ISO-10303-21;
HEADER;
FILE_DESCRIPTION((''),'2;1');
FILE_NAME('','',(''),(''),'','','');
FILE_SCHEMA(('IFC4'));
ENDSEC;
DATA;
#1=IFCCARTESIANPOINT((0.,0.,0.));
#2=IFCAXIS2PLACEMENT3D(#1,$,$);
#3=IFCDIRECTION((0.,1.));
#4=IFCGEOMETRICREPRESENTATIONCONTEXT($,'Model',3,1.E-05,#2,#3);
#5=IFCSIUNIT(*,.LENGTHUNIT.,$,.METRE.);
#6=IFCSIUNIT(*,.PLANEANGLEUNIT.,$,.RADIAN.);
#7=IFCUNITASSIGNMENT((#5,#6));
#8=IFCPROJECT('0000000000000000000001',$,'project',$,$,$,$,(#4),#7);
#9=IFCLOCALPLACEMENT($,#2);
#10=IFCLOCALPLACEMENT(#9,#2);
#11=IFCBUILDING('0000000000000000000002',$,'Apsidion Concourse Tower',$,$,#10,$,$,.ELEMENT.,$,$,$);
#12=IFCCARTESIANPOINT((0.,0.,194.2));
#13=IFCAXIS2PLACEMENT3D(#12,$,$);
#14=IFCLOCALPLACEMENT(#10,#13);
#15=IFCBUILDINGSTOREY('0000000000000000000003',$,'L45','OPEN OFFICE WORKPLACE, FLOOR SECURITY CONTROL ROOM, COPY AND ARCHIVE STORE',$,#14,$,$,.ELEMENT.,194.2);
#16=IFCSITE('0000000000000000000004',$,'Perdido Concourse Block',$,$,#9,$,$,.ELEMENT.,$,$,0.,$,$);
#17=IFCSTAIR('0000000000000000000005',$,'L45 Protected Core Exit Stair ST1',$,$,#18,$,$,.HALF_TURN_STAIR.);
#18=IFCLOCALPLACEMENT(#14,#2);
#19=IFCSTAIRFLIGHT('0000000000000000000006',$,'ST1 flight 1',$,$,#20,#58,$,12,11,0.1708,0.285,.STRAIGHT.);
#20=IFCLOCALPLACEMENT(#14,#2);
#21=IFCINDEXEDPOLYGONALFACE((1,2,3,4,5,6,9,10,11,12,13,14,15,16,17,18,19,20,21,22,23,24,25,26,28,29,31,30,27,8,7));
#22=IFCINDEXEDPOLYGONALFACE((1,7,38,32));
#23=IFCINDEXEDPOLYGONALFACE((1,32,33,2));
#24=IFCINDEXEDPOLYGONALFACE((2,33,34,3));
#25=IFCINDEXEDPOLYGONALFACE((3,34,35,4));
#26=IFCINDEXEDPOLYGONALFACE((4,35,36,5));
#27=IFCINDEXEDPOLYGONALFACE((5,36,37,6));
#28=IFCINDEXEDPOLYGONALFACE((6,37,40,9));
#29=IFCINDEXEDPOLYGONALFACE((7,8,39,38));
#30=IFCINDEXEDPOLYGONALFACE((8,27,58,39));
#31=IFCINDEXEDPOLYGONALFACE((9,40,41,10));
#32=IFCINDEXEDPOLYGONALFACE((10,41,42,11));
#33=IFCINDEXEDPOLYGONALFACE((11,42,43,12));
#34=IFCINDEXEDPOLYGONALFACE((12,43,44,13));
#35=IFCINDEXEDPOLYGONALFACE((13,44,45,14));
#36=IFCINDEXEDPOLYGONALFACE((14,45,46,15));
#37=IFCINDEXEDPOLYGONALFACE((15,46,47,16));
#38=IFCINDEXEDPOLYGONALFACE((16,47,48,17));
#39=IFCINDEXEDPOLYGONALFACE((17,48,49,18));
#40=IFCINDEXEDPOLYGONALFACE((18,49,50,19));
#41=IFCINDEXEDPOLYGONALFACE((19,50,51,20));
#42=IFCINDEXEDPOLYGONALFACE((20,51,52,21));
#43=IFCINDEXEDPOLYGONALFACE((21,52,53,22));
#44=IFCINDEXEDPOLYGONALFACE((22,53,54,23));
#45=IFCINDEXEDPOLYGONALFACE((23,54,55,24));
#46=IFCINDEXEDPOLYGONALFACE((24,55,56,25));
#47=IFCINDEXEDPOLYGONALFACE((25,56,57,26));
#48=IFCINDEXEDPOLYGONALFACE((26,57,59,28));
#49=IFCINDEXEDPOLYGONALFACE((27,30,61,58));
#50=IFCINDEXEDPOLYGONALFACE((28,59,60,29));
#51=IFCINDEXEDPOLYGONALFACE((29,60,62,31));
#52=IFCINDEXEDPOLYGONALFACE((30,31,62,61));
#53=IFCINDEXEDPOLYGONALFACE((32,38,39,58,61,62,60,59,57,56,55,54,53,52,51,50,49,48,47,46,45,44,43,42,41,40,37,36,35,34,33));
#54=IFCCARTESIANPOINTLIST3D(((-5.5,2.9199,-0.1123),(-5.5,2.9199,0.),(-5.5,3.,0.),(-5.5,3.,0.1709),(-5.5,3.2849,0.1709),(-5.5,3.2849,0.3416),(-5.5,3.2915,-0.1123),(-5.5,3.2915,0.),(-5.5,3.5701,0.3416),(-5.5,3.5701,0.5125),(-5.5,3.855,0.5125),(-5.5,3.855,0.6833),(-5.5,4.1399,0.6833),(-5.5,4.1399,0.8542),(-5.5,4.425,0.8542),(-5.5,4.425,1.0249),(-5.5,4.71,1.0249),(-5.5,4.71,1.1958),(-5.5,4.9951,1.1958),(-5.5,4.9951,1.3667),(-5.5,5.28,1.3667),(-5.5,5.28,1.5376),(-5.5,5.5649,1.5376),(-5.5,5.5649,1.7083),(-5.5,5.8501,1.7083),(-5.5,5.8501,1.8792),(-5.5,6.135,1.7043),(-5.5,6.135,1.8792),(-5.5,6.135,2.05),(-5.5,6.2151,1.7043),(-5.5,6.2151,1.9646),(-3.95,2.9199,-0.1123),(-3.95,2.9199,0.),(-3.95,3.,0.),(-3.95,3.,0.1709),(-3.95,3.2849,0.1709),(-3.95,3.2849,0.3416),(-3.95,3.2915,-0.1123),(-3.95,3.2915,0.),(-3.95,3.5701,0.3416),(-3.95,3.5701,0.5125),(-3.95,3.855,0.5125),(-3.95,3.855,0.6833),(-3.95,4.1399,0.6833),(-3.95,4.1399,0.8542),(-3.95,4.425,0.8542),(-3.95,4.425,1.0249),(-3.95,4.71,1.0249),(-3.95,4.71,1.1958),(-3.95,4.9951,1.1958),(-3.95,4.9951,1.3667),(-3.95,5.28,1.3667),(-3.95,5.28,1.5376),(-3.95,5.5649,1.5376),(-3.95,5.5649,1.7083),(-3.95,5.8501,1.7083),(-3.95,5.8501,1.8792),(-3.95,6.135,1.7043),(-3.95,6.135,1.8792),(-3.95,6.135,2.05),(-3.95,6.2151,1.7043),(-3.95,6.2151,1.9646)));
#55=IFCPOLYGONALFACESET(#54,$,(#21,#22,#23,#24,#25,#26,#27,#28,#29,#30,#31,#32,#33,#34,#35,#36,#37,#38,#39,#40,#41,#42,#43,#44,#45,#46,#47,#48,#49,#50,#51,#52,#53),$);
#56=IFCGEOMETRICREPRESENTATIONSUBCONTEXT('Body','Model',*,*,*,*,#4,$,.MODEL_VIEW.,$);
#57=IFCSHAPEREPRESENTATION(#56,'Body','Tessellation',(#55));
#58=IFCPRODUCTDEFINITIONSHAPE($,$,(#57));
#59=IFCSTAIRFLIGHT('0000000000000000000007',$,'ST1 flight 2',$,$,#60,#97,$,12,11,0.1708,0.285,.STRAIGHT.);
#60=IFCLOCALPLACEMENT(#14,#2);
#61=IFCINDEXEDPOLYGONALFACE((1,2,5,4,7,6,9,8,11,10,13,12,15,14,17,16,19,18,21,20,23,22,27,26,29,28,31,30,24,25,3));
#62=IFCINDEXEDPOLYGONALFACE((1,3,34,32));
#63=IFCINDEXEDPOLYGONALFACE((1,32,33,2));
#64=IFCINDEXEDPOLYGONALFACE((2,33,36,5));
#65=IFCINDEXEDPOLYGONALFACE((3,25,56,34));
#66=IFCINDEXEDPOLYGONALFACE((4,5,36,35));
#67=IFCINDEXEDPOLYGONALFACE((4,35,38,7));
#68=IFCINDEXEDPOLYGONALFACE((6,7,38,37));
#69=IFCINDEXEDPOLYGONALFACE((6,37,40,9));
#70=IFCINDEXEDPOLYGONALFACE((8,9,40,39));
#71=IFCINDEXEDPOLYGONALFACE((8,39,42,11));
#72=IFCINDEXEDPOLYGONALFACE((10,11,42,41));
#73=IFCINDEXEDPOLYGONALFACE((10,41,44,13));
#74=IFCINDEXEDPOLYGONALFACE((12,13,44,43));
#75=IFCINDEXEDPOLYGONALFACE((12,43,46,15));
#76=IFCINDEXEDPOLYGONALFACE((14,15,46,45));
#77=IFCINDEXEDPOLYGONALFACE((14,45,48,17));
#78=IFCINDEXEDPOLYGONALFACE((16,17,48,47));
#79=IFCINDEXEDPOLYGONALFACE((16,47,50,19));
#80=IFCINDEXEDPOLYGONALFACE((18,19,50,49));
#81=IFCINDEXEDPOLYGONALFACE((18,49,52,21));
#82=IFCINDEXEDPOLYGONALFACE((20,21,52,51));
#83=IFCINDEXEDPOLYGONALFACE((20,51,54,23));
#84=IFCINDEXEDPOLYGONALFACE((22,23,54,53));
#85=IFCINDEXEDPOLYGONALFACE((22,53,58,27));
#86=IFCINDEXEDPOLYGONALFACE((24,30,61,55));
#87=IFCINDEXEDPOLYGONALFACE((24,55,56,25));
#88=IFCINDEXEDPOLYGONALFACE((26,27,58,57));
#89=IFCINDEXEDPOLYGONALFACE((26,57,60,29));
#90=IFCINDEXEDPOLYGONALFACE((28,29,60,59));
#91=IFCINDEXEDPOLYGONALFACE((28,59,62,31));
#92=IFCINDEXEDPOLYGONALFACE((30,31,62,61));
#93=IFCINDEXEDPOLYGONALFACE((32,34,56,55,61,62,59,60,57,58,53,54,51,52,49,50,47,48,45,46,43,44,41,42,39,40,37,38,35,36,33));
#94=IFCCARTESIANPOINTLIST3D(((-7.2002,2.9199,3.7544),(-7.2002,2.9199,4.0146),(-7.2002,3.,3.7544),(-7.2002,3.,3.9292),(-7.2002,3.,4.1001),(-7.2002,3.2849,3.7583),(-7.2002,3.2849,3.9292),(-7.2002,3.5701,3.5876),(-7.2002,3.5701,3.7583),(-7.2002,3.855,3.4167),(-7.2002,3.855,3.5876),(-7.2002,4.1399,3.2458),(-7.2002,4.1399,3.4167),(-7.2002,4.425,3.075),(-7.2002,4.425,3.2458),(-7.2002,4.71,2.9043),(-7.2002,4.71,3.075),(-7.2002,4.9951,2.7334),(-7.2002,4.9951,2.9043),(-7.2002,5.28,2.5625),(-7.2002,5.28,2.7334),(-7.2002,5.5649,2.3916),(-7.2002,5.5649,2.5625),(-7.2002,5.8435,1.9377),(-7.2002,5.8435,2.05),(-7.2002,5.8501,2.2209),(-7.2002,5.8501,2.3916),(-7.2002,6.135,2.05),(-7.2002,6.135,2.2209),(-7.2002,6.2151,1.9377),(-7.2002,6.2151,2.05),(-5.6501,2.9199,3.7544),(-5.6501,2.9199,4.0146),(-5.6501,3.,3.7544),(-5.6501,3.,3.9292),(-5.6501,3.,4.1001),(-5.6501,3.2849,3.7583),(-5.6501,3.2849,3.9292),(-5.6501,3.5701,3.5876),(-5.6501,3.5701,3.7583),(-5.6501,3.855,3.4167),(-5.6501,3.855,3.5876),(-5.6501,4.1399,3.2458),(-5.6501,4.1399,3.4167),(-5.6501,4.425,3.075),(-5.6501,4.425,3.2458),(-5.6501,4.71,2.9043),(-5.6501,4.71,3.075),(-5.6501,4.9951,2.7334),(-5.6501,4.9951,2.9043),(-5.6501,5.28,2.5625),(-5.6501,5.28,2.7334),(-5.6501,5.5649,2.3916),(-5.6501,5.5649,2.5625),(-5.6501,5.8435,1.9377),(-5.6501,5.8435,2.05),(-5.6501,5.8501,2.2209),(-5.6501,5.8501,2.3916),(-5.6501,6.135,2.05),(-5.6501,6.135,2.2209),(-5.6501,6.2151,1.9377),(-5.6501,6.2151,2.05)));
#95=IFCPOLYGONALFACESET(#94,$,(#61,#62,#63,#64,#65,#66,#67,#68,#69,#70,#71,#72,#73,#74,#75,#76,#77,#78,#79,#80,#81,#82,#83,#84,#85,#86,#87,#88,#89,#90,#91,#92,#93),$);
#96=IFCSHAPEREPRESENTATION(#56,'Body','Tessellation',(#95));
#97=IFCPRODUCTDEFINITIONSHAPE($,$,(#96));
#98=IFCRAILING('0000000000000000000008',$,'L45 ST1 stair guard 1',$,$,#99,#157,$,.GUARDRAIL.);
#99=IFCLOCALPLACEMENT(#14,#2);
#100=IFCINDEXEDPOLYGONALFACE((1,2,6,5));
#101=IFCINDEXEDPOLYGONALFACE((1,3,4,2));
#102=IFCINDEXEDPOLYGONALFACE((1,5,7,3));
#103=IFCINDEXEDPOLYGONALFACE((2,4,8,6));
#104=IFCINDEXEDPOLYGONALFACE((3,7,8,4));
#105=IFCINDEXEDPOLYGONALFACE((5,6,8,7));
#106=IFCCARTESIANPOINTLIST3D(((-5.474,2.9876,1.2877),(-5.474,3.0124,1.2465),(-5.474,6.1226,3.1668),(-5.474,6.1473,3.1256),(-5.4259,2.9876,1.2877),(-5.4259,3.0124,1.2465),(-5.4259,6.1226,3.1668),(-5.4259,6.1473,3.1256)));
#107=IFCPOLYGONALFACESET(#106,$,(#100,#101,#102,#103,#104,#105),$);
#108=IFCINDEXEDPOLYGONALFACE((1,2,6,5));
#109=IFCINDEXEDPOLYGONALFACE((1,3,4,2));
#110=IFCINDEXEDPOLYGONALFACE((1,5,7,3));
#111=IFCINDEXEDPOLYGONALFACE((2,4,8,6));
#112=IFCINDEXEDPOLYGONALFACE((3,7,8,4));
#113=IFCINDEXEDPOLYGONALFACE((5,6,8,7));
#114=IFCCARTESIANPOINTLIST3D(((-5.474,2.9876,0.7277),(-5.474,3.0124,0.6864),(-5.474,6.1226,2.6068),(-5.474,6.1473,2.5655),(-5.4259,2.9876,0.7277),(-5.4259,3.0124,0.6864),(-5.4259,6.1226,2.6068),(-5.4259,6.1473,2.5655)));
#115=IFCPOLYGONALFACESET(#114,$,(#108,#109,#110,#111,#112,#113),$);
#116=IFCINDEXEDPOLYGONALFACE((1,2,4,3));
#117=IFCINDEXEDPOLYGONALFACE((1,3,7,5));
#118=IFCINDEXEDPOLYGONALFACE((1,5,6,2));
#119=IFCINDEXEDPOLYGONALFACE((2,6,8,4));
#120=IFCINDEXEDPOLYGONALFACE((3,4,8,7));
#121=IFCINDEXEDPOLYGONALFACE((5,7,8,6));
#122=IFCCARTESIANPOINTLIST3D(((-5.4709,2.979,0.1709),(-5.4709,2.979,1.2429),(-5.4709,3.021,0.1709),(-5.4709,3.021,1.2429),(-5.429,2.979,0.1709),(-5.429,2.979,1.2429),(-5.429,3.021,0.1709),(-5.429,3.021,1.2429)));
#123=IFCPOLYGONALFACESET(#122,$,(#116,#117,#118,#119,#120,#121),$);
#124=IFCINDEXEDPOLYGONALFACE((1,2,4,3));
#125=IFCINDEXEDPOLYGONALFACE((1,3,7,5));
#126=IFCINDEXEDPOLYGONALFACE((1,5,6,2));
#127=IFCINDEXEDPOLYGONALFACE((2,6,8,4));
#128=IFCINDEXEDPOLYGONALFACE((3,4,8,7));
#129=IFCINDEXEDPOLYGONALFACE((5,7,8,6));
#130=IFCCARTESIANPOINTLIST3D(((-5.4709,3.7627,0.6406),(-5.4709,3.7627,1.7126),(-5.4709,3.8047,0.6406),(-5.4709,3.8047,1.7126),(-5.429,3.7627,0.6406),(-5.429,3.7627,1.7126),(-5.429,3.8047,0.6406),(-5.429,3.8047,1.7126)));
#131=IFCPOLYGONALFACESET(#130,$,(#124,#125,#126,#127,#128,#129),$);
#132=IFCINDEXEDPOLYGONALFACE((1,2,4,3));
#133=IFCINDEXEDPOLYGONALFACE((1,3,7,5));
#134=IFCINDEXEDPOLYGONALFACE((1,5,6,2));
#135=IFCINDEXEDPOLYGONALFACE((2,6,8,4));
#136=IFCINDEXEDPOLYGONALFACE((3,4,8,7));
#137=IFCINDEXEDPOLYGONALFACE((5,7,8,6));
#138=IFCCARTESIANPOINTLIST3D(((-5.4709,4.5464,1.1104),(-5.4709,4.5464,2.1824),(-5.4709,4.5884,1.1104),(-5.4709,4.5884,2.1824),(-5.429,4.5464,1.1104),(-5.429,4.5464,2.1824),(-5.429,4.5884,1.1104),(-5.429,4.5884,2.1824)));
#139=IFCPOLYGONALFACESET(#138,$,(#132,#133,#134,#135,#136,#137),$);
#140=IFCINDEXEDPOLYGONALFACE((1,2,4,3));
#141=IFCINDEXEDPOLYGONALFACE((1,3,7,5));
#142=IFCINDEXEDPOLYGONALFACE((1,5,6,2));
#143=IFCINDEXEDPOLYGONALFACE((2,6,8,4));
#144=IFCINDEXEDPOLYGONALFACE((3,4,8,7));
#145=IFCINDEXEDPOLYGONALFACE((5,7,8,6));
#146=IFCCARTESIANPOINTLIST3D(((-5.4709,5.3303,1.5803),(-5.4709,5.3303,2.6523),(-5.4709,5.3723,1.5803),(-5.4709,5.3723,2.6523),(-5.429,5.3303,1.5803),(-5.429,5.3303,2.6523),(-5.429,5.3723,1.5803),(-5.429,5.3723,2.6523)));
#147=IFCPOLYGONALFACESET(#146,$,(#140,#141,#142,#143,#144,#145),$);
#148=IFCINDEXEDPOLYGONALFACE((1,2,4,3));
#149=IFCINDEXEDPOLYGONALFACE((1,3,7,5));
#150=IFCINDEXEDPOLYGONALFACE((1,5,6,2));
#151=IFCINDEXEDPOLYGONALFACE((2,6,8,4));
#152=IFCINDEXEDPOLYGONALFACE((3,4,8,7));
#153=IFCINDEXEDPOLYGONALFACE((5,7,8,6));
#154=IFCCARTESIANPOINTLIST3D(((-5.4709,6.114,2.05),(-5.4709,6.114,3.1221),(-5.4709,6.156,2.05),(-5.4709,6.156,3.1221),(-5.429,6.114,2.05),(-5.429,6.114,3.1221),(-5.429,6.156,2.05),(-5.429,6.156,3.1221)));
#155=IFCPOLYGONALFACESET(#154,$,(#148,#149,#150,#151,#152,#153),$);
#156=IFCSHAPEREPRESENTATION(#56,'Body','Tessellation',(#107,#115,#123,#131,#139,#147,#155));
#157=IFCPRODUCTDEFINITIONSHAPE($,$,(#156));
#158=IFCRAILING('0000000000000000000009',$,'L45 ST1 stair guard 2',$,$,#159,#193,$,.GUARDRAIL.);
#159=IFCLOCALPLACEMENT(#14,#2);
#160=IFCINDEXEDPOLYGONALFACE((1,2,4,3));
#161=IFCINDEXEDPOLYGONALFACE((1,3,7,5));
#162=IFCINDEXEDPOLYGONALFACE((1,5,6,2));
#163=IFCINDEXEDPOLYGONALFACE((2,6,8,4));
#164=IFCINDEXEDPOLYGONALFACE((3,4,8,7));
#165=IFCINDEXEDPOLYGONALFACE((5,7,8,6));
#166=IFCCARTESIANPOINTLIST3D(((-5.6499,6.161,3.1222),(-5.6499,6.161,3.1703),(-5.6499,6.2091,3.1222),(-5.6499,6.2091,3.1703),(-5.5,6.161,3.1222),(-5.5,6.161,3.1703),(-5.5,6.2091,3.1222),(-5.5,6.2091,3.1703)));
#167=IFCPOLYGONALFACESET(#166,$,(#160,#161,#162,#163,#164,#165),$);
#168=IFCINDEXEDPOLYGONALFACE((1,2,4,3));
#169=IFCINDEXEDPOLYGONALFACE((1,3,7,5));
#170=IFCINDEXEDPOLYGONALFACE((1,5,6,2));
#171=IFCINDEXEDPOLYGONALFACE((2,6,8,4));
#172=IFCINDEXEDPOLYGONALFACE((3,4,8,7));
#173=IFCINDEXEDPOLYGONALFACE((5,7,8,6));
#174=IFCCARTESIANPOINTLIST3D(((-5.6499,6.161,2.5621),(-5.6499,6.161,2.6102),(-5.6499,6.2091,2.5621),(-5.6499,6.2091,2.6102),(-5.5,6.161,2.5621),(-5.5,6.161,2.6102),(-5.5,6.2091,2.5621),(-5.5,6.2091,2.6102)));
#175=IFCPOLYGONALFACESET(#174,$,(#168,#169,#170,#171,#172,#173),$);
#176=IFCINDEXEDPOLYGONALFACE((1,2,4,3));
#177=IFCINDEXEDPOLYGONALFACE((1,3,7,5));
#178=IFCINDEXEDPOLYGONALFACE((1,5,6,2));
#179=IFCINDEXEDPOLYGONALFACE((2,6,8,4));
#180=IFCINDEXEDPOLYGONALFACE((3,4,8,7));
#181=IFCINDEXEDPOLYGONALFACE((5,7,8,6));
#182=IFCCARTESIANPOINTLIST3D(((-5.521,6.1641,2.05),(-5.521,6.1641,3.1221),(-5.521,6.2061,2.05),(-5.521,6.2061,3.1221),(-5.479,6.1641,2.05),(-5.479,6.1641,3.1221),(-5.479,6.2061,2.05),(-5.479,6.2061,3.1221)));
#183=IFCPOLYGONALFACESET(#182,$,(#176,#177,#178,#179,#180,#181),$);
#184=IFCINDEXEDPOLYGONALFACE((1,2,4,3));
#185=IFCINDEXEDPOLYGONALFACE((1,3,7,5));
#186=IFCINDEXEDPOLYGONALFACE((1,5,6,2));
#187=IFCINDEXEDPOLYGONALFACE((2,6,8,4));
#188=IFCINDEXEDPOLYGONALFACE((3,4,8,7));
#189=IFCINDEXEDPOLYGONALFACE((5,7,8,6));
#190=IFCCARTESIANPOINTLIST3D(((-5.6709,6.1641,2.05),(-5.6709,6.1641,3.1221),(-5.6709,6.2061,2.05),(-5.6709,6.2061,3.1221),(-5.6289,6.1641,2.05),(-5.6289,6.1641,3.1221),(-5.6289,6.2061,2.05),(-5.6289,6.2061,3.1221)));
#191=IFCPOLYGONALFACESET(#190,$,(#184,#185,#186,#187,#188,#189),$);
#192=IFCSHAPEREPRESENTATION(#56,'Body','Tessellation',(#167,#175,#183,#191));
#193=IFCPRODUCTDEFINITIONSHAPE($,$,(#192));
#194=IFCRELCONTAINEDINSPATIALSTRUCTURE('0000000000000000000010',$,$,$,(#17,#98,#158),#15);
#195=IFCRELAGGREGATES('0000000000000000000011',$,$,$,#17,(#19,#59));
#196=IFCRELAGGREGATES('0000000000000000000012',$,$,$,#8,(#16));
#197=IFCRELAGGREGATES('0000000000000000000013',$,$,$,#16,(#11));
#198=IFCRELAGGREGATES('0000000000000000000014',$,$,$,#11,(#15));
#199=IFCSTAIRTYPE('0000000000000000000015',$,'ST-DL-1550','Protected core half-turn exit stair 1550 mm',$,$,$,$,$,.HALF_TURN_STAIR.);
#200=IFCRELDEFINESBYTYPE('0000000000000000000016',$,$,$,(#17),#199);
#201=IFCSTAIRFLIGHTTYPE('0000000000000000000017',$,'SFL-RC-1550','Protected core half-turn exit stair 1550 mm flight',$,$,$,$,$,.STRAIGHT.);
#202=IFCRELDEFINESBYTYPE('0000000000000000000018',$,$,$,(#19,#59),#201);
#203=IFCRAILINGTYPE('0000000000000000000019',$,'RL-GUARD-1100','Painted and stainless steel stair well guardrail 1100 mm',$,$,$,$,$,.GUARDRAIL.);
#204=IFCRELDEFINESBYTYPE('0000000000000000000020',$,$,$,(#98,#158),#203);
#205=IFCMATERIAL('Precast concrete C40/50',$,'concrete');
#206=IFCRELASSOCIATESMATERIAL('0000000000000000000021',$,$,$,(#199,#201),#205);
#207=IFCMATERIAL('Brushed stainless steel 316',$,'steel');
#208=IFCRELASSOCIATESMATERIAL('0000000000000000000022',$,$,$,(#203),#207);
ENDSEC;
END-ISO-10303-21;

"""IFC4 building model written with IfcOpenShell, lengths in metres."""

from ifc_helpers import new_model, si_unit, direction, frame, origin, origin_2d, place, context, subcontext, project, spatial, polyline, rectangle, outline, extrude, material, type_object, element, aggregate, save


model = new_model("IFC4")

# Units and contexts
model_context = context("Model", 3, precision=1e-05, world=origin(), true_north=direction((0.0, 1.0)))
body_context = subcontext(model_context, "Body", "Model", "MODEL_VIEW")
ifc_project = project(units=[si_unit("LENGTHUNIT", "METRE"), si_unit("PLANEANGLEUNIT", "RADIAN")], contexts=[model_context])

# Site, building, storey
site_placement = place(None, origin())
site = spatial("IfcSite", under=ifc_project, at=site_placement, Name="Perdido Concourse Block", CompositionType="ELEMENT", RefElevation=0.0)
building_placement = place(site_placement, origin())
building = spatial("IfcBuilding", under=site, at=building_placement, Name="Apsidion Concourse Tower", CompositionType="ELEMENT")
storey_placement = place(building_placement, frame((0.0, 0.0, 194.2)))
storey = spatial("IfcBuildingStorey", under=building, at=storey_placement, Name="L45", Description="OPEN OFFICE WORKPLACE, FLOOR SECURITY CONTROL ROOM, COPY AND ARCHIVE STORE", CompositionType="ELEMENT", Elevation=194.2)

# Shared definitions
ifc_material_1 = material(Name="Brushed stainless steel 316", Category="steel")

# Stair, stair flights
ifc_material_2 = material(Name="Precast concrete C40/50", Category="concrete")
stair_type = type_object("IfcStairType", Name="ST-DL-1550", Description="Protected core half-turn exit stair 1550 mm", PredefinedType="HALF_TURN_STAIR", material=ifc_material_2)
stair_placement = place(storey_placement, origin())
stair = element("IfcStair", 1, at=stair_placement, inside=storey, type_object=stair_type, Name="L45 Protected Core Exit Stair ST1", PredefinedType="HALF_TURN_STAIR")
stair_flight_type = type_object("IfcStairFlightType", Name="SFL-RC-1550", Description="Protected core half-turn exit stair 1550 mm flight", PredefinedType="STRAIGHT", material=ifc_material_2)
stair_flight_1_placement = place(storey_placement, frame((-4.7251, 3.0, 0.0), z_axis=(0.0, 0.0, 1.0), x_axis=(0.0, 1.0, 0.0)))
stair_flight_1 = element("IfcStairFlight", 2, at=stair_flight_1_placement, type_object=stair_flight_type, Name="ST1 flight 1", NumberOfRisers=12, NumberOfTreads=11, PredefinedType="STRAIGHT", RiserHeight=0.1708, TreadLength=0.285, context=body_context, shape_type="SweptSolid", body=[
    extrude(outline(polyline([(-0.0801, -0.1123), (-0.0801, 0.0), (0.0, 0.0), (0.0, 0.1709), (0.2849, 0.1709), (0.2849, 0.3416), (0.5701, 0.3416), (0.5701, 0.5125), (0.855, 0.5125), (0.855, 0.6833), (1.1399, 0.6833), (1.1399, 0.8542), (1.425, 0.8542), (1.425, 1.0249), (1.71, 1.0249), (1.71, 1.1958), (1.9951, 1.1958), (1.9951, 1.3667), (2.28, 1.3667), (2.28, 1.5376), (2.5649, 1.5376), (2.5649, 1.7083), (2.8501, 1.7083), (2.8501, 1.8792), (3.135, 1.8792), (3.135, 2.05), (3.2151, 1.9646), (3.2151, 1.7043), (3.135, 1.7043), (0.2915, 0.0), (0.2915, -0.1123), (-0.0801, -0.1123)])), frame((0.0, 0.7749, 0.0), z_axis=(0.0, -1.0, 0.0), x_axis=(1.0, 0.0, 0.0)), (0.0, 0.0, 1.0), 1.55),
])
stair_flight_2_placement = place(storey_placement, frame((-6.425, 6.135, 2.05), z_axis=(0.0, 0.0, 1.0), x_axis=(0.0, -1.0, 0.0)))
stair_flight_2 = element("IfcStairFlight", 3, at=stair_flight_2_placement, type_object=stair_flight_type, Name="ST1 flight 2", NumberOfRisers=12, NumberOfTreads=11, PredefinedType="STRAIGHT", RiserHeight=0.1708, TreadLength=0.285, context=body_context, shape_type="SweptSolid", body=[
    extrude(outline(polyline([(-0.0801, -0.1123), (-0.0801, 0.0), (0.0, 0.0), (0.0, 0.1709), (0.2849, 0.1709), (0.2849, 0.3416), (0.5701, 0.3416), (0.5701, 0.5125), (0.855, 0.5125), (0.855, 0.6833), (1.1399, 0.6833), (1.1399, 0.8542), (1.425, 0.8542), (1.425, 1.0249), (1.71, 1.0249), (1.71, 1.1958), (1.9951, 1.1958), (1.9951, 1.3667), (2.28, 1.3667), (2.28, 1.5376), (2.5649, 1.5376), (2.5649, 1.7083), (2.8501, 1.7083), (2.8501, 1.8792), (3.135, 1.8792), (3.135, 2.05), (3.2151, 1.9646), (3.2151, 1.7043), (3.135, 1.7043), (0.2915, 0.0), (0.2915, -0.1123), (-0.0801, -0.1123)])), frame((0.0, 0.7749, 0.0), z_axis=(0.0, -1.0, 0.0), x_axis=(1.0, 0.0, 0.0)), (0.0, 0.0, 1.0), 1.55),
])
aggregate(stair, [stair_flight_1, stair_flight_2])

# Railings
railing_type_1 = type_object("IfcRailingType", Name="RL-GUARD-1100", Description="Painted and stainless steel stair well guardrail 1100 mm", PredefinedType="GUARDRAIL", material=ifc_material_1)
railing_1_placement = place(storey_placement, frame((-5.45, 3.0, 0.1709)))
element("IfcRailing", 4, at=railing_1_placement, inside=storey, type_object=railing_type_1, Name="L45 ST1 stair guard 1", PredefinedType="GUARDRAIL", context=body_context, shape_type="SweptSolid", body=[
    extrude(rectangle(XDim=0.0481, YDim=0.0481, at=origin_2d()), frame((0.0, 0.0, 1.0962), z_axis=(0.0, 0.857717, 0.514122), x_axis=(-1.0, 0.0, 0.0)), (0.0, 0.0, 1.0), 3.655),
    extrude(rectangle(XDim=0.0481, YDim=0.0481, at=origin_2d()), frame((0.0, 0.0, 0.5361), z_axis=(0.0, 0.857717, 0.514122), x_axis=(-1.0, 0.0, 0.0)), (0.0, 0.0, 1.0), 3.655),
    extrude(rectangle(XDim=0.042, YDim=0.042, at=origin_2d()), origin(), (0.0, 0.0, 1.0), 1.072),
    extrude(rectangle(XDim=0.042, YDim=0.042, at=origin_2d()), frame((0.0, 0.7837, 0.4697)), (0.0, 0.0, 1.0), 1.072),
    extrude(rectangle(XDim=0.042, YDim=0.042, at=origin_2d()), frame((0.0, 1.5674, 0.9395)), (0.0, 0.0, 1.0), 1.072),
    extrude(rectangle(XDim=0.042, YDim=0.042, at=origin_2d()), frame((0.0, 2.3513, 1.4094)), (0.0, 0.0, 1.0), 1.072),
    extrude(rectangle(XDim=0.042, YDim=0.042, at=origin_2d()), frame((0.0, 3.135, 1.8792)), (0.0, 0.0, 1.0), 1.072),
])
railing_2_placement = place(storey_placement, frame((-5.5, 6.1851, 2.05)))
element("IfcRailing", 5, at=railing_2_placement, inside=storey, type_object=railing_type_1, Name="L45 ST1 stair guard 2", PredefinedType="GUARDRAIL", context=body_context, shape_type="SweptSolid", body=[
    extrude(rectangle(XDim=0.0481, YDim=0.0481, at=origin_2d()), frame((0.0, 0.0, 1.0962), z_axis=(-1.0, 0.0, 0.0), x_axis=(0.0, -1.0, 0.0)), (0.0, 0.0, 1.0), 0.1499),
    extrude(rectangle(XDim=0.0481, YDim=0.0481, at=origin_2d()), frame((0.0, 0.0, 0.5361), z_axis=(-1.0, 0.0, 0.0), x_axis=(0.0, -1.0, 0.0)), (0.0, 0.0, 1.0), 0.1499),
    extrude(rectangle(XDim=0.042, YDim=0.042, at=origin_2d()), origin(), (0.0, 0.0, 1.0), 1.072),
    extrude(rectangle(XDim=0.042, YDim=0.042, at=origin_2d()), frame((-0.1499, 0.0, 0.0)), (0.0, 0.0, 1.0), 1.072),
])

save(model, "model.ifc")
